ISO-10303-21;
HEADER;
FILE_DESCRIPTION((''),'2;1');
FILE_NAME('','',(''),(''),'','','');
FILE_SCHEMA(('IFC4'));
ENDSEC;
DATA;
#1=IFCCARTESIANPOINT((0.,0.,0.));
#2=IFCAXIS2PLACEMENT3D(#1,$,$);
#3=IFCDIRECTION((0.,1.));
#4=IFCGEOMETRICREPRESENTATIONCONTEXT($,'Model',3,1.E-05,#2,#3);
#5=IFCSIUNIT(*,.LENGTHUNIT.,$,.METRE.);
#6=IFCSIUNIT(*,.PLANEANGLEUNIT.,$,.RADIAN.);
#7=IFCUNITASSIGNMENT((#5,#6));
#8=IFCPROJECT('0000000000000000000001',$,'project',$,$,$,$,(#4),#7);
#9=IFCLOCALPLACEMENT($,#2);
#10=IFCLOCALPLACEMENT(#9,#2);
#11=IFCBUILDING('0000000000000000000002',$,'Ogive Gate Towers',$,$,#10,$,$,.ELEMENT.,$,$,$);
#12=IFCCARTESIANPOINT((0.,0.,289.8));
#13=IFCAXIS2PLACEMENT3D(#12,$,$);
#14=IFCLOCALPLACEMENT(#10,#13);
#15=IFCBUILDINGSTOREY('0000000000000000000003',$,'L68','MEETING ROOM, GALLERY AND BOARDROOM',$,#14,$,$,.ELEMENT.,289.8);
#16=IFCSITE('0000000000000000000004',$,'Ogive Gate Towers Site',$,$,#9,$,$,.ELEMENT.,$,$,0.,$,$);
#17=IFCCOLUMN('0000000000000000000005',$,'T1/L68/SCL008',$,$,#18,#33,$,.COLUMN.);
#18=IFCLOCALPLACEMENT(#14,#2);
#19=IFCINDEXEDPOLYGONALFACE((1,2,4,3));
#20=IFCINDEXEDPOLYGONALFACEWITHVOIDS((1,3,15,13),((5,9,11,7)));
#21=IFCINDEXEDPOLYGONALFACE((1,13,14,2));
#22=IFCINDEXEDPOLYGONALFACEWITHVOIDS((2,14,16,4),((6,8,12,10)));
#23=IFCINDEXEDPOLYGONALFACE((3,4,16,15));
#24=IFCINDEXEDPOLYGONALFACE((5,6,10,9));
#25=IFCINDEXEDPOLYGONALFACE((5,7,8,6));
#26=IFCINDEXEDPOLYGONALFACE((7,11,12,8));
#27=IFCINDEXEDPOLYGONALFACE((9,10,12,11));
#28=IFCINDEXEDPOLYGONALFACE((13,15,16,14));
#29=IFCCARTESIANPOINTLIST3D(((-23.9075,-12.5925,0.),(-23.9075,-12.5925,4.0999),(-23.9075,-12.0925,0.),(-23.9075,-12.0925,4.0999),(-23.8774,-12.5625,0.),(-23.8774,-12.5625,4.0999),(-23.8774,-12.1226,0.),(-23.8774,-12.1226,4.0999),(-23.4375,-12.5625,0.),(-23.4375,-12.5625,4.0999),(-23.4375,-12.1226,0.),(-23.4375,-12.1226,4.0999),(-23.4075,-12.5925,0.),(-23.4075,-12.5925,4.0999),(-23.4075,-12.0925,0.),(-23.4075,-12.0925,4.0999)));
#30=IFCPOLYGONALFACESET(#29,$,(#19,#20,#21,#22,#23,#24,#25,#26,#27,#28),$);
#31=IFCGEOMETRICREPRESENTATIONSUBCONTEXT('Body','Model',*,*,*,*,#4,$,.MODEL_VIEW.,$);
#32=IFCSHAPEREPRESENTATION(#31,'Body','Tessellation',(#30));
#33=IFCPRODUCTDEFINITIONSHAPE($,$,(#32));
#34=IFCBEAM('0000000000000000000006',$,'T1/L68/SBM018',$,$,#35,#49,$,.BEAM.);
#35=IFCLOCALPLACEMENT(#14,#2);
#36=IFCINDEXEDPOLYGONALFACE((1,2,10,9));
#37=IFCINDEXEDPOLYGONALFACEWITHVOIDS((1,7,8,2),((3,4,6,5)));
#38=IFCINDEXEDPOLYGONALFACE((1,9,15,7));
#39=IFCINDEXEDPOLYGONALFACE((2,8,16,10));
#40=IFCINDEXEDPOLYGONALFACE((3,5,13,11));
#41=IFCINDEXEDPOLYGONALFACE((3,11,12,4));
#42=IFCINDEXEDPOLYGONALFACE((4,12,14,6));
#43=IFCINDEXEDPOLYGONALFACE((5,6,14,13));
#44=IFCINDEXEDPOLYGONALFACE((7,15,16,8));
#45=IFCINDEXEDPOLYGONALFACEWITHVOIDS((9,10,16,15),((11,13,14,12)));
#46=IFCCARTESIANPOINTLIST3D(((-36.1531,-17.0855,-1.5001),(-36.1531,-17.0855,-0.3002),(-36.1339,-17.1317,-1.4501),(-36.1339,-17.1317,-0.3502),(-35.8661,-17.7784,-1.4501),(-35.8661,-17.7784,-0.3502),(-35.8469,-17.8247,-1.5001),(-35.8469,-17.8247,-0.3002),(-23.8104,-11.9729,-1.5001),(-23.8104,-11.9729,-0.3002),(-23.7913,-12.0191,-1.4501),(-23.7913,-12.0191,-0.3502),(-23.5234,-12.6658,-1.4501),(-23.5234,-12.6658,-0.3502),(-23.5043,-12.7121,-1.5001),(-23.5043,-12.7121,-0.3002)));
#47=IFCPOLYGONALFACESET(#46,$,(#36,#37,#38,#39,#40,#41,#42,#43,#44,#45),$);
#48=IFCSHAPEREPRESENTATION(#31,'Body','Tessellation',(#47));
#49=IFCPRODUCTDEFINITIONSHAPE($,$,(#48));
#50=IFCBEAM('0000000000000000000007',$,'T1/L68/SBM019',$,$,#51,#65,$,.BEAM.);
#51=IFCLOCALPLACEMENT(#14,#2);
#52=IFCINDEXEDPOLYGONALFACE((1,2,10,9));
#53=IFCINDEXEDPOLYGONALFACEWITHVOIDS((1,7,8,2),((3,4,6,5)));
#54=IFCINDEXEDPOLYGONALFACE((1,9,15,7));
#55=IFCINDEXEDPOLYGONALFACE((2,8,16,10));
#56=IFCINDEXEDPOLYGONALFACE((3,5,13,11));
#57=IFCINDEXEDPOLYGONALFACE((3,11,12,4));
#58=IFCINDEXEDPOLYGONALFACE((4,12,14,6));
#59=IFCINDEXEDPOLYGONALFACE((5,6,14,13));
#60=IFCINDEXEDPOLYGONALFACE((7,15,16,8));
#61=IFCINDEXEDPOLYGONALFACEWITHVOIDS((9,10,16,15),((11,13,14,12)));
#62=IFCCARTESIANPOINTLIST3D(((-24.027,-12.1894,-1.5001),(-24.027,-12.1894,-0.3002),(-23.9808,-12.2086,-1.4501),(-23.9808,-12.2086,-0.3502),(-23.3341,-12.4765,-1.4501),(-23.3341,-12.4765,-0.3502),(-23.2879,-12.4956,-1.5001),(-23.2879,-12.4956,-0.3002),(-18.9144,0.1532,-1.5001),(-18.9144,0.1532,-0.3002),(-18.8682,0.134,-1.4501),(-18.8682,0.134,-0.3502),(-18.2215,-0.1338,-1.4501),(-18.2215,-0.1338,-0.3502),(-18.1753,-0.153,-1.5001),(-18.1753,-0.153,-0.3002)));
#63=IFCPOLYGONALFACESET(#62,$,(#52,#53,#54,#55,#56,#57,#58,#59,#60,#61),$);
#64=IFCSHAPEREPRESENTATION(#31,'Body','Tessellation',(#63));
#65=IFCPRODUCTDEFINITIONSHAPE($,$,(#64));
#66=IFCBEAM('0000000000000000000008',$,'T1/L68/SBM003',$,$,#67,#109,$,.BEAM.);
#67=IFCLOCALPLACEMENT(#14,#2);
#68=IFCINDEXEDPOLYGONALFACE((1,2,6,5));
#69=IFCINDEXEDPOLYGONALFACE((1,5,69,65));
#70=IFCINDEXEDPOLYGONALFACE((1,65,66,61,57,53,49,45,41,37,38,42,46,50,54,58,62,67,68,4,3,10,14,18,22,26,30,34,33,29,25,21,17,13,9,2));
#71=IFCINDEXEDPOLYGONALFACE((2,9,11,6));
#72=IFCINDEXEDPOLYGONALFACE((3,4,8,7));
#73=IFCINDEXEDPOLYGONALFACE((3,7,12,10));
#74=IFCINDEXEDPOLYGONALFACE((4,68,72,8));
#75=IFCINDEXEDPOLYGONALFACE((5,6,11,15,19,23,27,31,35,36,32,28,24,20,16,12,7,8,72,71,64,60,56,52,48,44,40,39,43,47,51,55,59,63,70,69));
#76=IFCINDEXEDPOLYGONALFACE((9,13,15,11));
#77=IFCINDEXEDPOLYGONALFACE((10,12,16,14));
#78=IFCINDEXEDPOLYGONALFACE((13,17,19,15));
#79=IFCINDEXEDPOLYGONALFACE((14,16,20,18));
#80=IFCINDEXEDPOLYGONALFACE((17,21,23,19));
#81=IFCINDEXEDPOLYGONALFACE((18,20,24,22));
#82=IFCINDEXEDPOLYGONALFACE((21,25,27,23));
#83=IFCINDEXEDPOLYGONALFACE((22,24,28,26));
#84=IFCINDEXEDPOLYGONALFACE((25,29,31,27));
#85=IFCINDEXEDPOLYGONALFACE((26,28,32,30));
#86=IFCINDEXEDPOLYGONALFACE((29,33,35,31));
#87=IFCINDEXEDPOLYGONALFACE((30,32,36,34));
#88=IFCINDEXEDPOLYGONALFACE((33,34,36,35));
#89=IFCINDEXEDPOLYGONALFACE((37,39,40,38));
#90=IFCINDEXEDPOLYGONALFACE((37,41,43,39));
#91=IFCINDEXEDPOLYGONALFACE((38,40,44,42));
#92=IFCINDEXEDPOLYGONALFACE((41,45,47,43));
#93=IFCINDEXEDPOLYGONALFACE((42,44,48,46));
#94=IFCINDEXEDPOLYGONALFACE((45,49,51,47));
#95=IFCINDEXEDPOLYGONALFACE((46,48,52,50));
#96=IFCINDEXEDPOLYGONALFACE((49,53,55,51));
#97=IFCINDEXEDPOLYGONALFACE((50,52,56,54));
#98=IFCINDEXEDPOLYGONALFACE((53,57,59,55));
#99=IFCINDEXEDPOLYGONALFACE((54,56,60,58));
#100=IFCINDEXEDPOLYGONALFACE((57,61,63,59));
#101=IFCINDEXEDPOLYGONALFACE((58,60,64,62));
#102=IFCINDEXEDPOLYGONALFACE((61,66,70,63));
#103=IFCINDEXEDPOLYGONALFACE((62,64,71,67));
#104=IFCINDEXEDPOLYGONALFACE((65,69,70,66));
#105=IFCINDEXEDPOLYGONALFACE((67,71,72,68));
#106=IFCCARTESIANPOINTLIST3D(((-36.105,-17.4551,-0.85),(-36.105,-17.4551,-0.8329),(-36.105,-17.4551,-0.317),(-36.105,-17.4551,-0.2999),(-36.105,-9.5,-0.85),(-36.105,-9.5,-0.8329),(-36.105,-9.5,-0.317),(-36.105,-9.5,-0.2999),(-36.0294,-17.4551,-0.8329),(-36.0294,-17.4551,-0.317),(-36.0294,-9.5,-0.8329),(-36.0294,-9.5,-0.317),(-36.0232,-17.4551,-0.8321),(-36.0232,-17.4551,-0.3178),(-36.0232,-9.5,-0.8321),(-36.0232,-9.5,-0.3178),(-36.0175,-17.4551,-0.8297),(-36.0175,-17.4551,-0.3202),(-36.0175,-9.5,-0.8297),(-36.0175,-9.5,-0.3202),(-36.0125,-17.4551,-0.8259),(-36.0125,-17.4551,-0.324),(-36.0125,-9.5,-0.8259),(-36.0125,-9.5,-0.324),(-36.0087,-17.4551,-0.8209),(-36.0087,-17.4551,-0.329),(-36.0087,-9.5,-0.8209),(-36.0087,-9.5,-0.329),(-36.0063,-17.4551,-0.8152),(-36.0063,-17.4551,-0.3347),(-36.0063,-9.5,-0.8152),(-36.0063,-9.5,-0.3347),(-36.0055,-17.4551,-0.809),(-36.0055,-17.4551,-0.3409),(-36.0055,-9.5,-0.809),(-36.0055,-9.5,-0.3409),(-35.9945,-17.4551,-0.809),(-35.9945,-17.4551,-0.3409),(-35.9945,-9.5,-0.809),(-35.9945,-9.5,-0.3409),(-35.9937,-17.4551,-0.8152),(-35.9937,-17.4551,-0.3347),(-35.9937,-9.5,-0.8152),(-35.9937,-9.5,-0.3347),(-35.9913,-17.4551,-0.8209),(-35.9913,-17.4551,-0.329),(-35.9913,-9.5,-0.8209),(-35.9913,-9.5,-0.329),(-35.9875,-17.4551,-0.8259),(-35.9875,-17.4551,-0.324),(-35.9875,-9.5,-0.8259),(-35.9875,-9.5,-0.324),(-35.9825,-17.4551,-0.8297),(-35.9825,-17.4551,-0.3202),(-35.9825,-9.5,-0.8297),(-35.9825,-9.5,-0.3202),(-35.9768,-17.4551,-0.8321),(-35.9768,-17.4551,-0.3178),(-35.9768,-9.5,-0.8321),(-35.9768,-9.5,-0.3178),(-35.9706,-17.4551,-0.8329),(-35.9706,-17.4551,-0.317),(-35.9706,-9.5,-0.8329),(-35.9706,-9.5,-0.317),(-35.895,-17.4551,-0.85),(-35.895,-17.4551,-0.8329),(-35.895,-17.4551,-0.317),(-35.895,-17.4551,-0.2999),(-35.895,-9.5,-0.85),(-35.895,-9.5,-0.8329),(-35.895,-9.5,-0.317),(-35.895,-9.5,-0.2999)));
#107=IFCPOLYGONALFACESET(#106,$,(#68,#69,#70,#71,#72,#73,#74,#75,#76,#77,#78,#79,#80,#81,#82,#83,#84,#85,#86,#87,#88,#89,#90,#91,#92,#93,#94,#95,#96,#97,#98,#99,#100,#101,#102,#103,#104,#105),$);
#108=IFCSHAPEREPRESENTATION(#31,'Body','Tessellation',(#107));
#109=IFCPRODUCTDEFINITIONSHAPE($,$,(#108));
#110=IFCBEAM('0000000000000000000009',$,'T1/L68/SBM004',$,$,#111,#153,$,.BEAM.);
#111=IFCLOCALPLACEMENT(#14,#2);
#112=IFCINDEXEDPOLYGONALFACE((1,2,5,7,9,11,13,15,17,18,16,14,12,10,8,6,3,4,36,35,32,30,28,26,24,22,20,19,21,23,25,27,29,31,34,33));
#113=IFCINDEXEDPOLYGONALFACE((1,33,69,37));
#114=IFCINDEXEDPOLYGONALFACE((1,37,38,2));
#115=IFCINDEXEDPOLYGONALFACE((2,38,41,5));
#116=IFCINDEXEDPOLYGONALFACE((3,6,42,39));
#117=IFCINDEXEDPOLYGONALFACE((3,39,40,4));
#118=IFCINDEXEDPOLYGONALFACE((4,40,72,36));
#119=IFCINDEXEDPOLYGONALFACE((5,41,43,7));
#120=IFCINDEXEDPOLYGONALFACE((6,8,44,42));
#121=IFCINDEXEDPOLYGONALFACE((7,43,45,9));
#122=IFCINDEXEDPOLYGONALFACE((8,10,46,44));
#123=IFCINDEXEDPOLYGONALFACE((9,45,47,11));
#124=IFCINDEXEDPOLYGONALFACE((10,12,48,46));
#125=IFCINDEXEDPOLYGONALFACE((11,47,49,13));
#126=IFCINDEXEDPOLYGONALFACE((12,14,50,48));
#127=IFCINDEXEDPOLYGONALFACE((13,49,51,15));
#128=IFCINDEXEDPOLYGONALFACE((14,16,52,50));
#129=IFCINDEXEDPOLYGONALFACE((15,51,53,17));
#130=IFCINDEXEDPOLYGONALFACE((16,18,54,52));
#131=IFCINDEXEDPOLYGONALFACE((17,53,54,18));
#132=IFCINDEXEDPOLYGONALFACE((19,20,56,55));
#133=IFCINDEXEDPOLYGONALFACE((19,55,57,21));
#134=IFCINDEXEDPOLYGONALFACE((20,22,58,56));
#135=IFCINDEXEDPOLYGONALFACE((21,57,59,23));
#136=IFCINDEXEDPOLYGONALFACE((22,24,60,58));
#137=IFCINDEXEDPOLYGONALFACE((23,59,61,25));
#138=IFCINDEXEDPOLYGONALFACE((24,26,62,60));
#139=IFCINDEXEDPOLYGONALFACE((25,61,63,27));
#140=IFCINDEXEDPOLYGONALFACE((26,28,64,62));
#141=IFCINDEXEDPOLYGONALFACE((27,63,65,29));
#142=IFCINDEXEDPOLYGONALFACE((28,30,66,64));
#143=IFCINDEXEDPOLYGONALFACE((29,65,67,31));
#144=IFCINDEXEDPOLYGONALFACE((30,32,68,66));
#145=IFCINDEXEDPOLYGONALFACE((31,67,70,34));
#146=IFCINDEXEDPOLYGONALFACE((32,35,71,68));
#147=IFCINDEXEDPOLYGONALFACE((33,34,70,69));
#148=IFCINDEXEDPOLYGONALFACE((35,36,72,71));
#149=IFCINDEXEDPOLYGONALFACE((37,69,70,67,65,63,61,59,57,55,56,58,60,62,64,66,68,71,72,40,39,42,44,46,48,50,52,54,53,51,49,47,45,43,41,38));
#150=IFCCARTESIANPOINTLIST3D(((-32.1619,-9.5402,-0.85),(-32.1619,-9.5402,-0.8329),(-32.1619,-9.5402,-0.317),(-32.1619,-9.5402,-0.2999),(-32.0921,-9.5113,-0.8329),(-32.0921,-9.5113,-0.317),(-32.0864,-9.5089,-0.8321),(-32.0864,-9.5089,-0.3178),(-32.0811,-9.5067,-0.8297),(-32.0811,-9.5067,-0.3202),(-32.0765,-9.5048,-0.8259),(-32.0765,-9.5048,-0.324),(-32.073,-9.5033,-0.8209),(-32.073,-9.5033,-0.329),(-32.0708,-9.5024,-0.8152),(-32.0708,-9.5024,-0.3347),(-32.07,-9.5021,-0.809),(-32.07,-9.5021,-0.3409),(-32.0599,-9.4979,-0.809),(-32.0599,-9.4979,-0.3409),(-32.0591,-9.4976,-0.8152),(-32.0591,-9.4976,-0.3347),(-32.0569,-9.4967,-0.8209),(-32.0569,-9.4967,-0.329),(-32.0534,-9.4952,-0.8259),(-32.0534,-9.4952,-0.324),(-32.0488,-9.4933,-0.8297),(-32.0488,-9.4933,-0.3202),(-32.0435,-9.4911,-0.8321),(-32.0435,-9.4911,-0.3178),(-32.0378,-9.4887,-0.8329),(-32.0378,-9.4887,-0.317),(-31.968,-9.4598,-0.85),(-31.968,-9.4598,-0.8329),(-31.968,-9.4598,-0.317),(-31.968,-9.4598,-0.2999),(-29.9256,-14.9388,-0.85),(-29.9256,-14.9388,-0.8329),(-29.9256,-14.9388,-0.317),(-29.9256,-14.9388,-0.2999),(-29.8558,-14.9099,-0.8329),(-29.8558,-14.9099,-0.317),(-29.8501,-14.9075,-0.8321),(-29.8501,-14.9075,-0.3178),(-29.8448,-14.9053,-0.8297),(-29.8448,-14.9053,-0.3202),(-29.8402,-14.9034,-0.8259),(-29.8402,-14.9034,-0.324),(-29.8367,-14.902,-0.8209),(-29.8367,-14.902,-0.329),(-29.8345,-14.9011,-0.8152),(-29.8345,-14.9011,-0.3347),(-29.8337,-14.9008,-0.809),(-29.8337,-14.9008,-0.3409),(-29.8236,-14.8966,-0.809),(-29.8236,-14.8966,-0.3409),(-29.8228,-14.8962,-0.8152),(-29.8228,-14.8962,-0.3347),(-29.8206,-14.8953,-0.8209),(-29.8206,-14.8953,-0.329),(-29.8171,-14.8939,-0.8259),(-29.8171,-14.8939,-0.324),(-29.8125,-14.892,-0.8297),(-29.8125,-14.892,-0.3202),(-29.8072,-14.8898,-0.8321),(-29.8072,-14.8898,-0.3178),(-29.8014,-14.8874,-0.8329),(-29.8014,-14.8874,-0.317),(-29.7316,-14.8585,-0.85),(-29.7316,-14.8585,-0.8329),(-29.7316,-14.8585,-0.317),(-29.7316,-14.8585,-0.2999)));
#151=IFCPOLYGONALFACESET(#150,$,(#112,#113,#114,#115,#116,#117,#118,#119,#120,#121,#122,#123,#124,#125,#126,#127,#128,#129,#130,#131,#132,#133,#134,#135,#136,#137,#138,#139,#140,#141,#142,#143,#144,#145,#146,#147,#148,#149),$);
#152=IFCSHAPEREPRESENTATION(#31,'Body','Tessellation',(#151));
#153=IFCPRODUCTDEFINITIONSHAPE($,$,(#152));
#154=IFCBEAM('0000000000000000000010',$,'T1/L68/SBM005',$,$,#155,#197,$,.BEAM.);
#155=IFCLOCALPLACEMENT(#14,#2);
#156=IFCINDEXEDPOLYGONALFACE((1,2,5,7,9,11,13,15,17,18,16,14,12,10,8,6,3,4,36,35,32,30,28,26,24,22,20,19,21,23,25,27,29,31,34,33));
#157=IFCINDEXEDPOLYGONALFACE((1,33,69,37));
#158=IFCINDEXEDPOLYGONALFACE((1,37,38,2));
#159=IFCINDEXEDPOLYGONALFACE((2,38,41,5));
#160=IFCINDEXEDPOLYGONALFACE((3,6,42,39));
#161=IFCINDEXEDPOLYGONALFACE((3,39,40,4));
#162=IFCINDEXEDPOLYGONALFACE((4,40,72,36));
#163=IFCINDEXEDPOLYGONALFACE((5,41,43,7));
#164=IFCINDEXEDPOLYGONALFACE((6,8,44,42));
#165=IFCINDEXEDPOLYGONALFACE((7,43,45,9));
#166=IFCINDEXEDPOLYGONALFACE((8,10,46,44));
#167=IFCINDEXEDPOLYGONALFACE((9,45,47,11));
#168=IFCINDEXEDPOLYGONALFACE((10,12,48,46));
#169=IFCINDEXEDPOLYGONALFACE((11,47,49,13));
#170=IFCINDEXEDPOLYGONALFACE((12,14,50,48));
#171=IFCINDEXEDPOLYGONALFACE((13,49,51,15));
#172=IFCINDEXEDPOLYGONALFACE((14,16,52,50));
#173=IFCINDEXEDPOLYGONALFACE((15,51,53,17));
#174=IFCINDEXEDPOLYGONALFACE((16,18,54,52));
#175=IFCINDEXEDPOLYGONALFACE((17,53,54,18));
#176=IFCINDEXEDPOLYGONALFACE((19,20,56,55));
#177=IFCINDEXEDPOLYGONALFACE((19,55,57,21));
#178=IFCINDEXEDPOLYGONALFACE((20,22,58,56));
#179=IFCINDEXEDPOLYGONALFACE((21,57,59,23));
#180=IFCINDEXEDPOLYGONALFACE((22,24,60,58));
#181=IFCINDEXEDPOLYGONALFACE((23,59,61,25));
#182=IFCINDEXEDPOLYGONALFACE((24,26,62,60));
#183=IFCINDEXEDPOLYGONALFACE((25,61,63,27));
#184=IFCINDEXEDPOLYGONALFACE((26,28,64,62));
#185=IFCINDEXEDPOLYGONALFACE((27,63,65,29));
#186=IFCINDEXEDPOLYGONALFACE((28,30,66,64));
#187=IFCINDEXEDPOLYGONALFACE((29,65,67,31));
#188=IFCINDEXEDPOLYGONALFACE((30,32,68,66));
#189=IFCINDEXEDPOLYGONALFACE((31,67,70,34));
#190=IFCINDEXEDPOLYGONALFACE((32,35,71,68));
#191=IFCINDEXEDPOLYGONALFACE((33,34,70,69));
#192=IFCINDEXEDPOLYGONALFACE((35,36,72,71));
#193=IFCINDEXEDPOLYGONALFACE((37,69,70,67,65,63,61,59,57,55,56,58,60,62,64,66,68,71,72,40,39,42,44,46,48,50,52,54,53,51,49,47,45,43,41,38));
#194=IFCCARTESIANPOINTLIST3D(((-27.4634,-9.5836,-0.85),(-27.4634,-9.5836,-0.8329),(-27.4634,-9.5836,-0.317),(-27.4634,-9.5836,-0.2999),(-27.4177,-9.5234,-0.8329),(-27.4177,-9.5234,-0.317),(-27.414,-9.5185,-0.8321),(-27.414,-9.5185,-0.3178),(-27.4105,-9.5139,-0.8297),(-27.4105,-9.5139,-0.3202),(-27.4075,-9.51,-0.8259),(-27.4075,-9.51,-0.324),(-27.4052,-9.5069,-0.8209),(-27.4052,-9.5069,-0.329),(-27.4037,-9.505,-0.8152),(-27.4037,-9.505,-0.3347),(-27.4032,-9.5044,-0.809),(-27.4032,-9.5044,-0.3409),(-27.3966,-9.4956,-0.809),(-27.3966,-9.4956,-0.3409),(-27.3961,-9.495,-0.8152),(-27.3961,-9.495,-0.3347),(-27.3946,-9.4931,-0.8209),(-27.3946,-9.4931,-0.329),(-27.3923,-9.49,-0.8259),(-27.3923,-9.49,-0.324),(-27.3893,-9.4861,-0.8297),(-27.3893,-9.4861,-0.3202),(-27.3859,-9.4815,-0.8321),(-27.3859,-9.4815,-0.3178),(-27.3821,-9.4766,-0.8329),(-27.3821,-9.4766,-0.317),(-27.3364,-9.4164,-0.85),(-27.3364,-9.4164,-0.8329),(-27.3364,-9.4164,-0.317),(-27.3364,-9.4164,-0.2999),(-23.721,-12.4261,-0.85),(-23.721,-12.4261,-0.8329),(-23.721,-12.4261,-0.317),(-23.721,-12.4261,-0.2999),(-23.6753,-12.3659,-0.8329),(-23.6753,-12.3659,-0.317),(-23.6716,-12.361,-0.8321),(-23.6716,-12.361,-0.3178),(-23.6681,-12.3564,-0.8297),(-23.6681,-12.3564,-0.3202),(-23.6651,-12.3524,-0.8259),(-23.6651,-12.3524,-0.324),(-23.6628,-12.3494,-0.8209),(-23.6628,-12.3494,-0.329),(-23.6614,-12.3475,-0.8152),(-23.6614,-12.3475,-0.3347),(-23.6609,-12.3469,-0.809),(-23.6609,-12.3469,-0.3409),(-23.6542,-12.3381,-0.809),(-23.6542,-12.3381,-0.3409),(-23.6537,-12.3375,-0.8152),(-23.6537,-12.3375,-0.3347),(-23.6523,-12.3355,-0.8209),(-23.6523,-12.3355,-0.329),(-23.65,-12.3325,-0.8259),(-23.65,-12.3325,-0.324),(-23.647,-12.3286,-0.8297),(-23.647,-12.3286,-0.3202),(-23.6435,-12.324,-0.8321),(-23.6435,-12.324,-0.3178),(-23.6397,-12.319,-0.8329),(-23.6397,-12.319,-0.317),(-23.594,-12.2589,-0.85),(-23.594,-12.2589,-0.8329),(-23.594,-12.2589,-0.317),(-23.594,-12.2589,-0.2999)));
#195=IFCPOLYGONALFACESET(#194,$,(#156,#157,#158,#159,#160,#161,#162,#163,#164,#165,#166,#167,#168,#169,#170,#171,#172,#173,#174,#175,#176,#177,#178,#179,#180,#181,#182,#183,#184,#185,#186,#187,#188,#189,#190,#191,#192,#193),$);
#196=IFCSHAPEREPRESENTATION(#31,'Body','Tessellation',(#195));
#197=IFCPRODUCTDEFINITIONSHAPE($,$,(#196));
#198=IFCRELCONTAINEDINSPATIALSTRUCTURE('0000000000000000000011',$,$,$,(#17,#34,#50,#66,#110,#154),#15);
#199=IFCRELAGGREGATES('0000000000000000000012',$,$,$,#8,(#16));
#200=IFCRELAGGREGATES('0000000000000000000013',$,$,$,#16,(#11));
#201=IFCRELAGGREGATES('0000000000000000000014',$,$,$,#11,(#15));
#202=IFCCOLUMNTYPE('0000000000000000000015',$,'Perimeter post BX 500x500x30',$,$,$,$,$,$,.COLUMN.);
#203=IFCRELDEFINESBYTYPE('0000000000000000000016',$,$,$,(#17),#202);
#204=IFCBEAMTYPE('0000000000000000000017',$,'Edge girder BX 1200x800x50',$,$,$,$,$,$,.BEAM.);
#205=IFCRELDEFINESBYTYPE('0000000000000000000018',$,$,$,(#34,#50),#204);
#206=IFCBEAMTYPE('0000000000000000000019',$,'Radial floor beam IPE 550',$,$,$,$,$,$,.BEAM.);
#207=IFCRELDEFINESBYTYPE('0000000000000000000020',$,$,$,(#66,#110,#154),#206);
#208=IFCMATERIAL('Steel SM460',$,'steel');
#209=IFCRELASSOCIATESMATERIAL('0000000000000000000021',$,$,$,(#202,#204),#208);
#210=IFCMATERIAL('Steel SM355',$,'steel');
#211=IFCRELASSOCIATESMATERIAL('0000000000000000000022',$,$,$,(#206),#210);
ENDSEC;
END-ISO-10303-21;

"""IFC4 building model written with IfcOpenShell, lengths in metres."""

from ifc_helpers import new_model, si_unit, direction, frame, origin, origin_2d, place, context, subcontext, project, spatial, hollow_rectangle, i_section, extrude, material, material_profile, profile_set, type_object, element, save


model = new_model("IFC4")

# Units and contexts
model_context = context("Model", 3, precision=1e-05, world=origin(), true_north=direction((0.0, 1.0)))
body_context = subcontext(model_context, "Body", "Model", "MODEL_VIEW")
ifc_project = project(units=[si_unit("LENGTHUNIT", "METRE"), si_unit("PLANEANGLEUNIT", "RADIAN")], contexts=[model_context])

# Site, building, storey
site_placement = place(None, origin())
site = spatial("IfcSite", under=ifc_project, at=site_placement, Name="Ogive Gate Towers Site", CompositionType="ELEMENT", RefElevation=0.0)
building_placement = place(site_placement, origin())
building = spatial("IfcBuilding", under=site, at=building_placement, Name="Ogive Gate Towers", CompositionType="ELEMENT")
storey_placement = place(building_placement, frame((0.0, 0.0, 289.8)))
storey = spatial("IfcBuildingStorey", under=building, at=storey_placement, Name="L68", Description="MEETING ROOM, GALLERY AND BOARDROOM", CompositionType="ELEMENT", Elevation=289.8)

# Column
ifc_material_1 = material(Name="Steel SM460", Category="steel")
ifc_material_profile_1 = material_profile(ifc_material_1, hollow_rectangle(XDim=0.5, YDim=0.5, WallThickness=0.03, at=origin_2d()), Name="BX 500x500x30")
ifc_profile_set_1 = profile_set([ifc_material_profile_1], Name="Steel SM460")
column_type = type_object("IfcColumnType", Name="Perimeter post BX 500x500x30", PredefinedType="COLUMN", material=ifc_profile_set_1)
column_placement = place(storey_placement, frame((-23.6575, -12.3425, 0.0), z_axis=(0.0, 0.0, 1.0), x_axis=(1.0, 0.0, 0.0)))
element("IfcColumn", 1, at=column_placement, inside=storey, type_object=column_type, Name="T1/L68/SCL008", PredefinedType="COLUMN", context=body_context, shape_type="SweptSolid", body=[
    extrude(hollow_rectangle(XDim=0.5, YDim=0.5, WallThickness=0.03, at=origin_2d()), origin(), (0.0, 0.0, 1.0), 4.0999),
])

# Beams
ifc_material_profile_2 = material_profile(ifc_material_1, hollow_rectangle(XDim=0.8, YDim=1.2, WallThickness=0.05, at=origin_2d()), Name="BX 1200x800x50")
ifc_profile_set_2 = profile_set([ifc_material_profile_2], Name="Steel SM460")
beam_type_1 = type_object("IfcBeamType", Name="Edge girder BX 1200x800x50", PredefinedType="BEAM", material=ifc_profile_set_2)
for number, where, z_axis, x_axis, name in (
    (2, (-36.0, -17.4551, -0.9001), (0.923877, 0.38269, 0.0), (-0.38269, 0.923877, 0.0), "T1/L68/SBM018"),
    (3, (-23.6575, -12.3425, -0.9001), (0.38269, 0.923877, 0.0), (-0.923877, 0.38269, 0.0), "T1/L68/SBM019"),
):
    element("IfcBeam", number, at=place(storey_placement, frame(where, z_axis=z_axis, x_axis=x_axis)), inside=storey, type_object=beam_type_1, Name=name, PredefinedType="BEAM", context=body_context, shape_type="SweptSolid", body=[
        extrude(hollow_rectangle(XDim=0.8, YDim=1.2, WallThickness=0.05, at=origin_2d()), origin(), (0.0, 0.0, 1.0), 13.3596),
    ])
ifc_material_2 = material(Name="Steel SM355", Category="steel")
ifc_material_profile_3 = material_profile(ifc_material_2, i_section(OverallWidth=0.21, OverallDepth=0.55, WebThickness=0.011, FlangeThickness=0.0171, FilletRadius=0.0239, at=origin_2d()), Name="IPE 550")
ifc_profile_set_3 = profile_set([ifc_material_profile_3], Name="Steel SM355")
beam_type_2 = type_object("IfcBeamType", Name="Radial floor beam IPE 550", PredefinedType="BEAM", material=ifc_profile_set_3)
beam_1_placement = place(storey_placement, frame((-36.0, -9.5, -0.575), z_axis=(0.0, -1.0, 0.0), x_axis=(1.0, 0.0, 0.0)))
element("IfcBeam", 4, at=beam_1_placement, inside=storey, type_object=beam_type_2, Name="T1/L68/SBM003", PredefinedType="BEAM", context=body_context, shape_type="SweptSolid", body=[
    extrude(i_section(OverallWidth=0.21, OverallDepth=0.55, WebThickness=0.011, FlangeThickness=0.0171, FilletRadius=0.0239, at=origin_2d()), origin(), (0.0, 0.0, 1.0), 7.9551),
])
beam_2_placement = place(storey_placement, frame((-32.0649, -9.5, -0.575), z_axis=(0.382701, -0.923872, 0.0), x_axis=(0.923872, 0.382701, 0.0)))
element("IfcBeam", 5, at=beam_2_placement, inside=storey, type_object=beam_type_2, Name="T1/L68/SBM004", PredefinedType="BEAM", context=body_context, shape_type="SweptSolid", body=[
    extrude(i_section(OverallWidth=0.21, OverallDepth=0.55, WebThickness=0.011, FlangeThickness=0.0171, FilletRadius=0.0239, at=origin_2d()), origin(), (0.0, 0.0, 1.0), 5.8435),
])
beam_3_placement = place(storey_placement, frame((-27.3999, -9.5, -0.575), z_axis=(0.796338, -0.604851, 0.0), x_axis=(0.604851, 0.796338, 0.0)))
element("IfcBeam", 6, at=beam_3_placement, inside=storey, type_object=beam_type_2, Name="T1/L68/SBM005", PredefinedType="BEAM", context=body_context, shape_type="SweptSolid", body=[
    extrude(i_section(OverallWidth=0.21, OverallDepth=0.55, WebThickness=0.011, FlangeThickness=0.0171, FilletRadius=0.0239, at=origin_2d()), origin(), (0.0, 0.0, 1.0), 4.6995),
])

save(model, "model.ifc")
